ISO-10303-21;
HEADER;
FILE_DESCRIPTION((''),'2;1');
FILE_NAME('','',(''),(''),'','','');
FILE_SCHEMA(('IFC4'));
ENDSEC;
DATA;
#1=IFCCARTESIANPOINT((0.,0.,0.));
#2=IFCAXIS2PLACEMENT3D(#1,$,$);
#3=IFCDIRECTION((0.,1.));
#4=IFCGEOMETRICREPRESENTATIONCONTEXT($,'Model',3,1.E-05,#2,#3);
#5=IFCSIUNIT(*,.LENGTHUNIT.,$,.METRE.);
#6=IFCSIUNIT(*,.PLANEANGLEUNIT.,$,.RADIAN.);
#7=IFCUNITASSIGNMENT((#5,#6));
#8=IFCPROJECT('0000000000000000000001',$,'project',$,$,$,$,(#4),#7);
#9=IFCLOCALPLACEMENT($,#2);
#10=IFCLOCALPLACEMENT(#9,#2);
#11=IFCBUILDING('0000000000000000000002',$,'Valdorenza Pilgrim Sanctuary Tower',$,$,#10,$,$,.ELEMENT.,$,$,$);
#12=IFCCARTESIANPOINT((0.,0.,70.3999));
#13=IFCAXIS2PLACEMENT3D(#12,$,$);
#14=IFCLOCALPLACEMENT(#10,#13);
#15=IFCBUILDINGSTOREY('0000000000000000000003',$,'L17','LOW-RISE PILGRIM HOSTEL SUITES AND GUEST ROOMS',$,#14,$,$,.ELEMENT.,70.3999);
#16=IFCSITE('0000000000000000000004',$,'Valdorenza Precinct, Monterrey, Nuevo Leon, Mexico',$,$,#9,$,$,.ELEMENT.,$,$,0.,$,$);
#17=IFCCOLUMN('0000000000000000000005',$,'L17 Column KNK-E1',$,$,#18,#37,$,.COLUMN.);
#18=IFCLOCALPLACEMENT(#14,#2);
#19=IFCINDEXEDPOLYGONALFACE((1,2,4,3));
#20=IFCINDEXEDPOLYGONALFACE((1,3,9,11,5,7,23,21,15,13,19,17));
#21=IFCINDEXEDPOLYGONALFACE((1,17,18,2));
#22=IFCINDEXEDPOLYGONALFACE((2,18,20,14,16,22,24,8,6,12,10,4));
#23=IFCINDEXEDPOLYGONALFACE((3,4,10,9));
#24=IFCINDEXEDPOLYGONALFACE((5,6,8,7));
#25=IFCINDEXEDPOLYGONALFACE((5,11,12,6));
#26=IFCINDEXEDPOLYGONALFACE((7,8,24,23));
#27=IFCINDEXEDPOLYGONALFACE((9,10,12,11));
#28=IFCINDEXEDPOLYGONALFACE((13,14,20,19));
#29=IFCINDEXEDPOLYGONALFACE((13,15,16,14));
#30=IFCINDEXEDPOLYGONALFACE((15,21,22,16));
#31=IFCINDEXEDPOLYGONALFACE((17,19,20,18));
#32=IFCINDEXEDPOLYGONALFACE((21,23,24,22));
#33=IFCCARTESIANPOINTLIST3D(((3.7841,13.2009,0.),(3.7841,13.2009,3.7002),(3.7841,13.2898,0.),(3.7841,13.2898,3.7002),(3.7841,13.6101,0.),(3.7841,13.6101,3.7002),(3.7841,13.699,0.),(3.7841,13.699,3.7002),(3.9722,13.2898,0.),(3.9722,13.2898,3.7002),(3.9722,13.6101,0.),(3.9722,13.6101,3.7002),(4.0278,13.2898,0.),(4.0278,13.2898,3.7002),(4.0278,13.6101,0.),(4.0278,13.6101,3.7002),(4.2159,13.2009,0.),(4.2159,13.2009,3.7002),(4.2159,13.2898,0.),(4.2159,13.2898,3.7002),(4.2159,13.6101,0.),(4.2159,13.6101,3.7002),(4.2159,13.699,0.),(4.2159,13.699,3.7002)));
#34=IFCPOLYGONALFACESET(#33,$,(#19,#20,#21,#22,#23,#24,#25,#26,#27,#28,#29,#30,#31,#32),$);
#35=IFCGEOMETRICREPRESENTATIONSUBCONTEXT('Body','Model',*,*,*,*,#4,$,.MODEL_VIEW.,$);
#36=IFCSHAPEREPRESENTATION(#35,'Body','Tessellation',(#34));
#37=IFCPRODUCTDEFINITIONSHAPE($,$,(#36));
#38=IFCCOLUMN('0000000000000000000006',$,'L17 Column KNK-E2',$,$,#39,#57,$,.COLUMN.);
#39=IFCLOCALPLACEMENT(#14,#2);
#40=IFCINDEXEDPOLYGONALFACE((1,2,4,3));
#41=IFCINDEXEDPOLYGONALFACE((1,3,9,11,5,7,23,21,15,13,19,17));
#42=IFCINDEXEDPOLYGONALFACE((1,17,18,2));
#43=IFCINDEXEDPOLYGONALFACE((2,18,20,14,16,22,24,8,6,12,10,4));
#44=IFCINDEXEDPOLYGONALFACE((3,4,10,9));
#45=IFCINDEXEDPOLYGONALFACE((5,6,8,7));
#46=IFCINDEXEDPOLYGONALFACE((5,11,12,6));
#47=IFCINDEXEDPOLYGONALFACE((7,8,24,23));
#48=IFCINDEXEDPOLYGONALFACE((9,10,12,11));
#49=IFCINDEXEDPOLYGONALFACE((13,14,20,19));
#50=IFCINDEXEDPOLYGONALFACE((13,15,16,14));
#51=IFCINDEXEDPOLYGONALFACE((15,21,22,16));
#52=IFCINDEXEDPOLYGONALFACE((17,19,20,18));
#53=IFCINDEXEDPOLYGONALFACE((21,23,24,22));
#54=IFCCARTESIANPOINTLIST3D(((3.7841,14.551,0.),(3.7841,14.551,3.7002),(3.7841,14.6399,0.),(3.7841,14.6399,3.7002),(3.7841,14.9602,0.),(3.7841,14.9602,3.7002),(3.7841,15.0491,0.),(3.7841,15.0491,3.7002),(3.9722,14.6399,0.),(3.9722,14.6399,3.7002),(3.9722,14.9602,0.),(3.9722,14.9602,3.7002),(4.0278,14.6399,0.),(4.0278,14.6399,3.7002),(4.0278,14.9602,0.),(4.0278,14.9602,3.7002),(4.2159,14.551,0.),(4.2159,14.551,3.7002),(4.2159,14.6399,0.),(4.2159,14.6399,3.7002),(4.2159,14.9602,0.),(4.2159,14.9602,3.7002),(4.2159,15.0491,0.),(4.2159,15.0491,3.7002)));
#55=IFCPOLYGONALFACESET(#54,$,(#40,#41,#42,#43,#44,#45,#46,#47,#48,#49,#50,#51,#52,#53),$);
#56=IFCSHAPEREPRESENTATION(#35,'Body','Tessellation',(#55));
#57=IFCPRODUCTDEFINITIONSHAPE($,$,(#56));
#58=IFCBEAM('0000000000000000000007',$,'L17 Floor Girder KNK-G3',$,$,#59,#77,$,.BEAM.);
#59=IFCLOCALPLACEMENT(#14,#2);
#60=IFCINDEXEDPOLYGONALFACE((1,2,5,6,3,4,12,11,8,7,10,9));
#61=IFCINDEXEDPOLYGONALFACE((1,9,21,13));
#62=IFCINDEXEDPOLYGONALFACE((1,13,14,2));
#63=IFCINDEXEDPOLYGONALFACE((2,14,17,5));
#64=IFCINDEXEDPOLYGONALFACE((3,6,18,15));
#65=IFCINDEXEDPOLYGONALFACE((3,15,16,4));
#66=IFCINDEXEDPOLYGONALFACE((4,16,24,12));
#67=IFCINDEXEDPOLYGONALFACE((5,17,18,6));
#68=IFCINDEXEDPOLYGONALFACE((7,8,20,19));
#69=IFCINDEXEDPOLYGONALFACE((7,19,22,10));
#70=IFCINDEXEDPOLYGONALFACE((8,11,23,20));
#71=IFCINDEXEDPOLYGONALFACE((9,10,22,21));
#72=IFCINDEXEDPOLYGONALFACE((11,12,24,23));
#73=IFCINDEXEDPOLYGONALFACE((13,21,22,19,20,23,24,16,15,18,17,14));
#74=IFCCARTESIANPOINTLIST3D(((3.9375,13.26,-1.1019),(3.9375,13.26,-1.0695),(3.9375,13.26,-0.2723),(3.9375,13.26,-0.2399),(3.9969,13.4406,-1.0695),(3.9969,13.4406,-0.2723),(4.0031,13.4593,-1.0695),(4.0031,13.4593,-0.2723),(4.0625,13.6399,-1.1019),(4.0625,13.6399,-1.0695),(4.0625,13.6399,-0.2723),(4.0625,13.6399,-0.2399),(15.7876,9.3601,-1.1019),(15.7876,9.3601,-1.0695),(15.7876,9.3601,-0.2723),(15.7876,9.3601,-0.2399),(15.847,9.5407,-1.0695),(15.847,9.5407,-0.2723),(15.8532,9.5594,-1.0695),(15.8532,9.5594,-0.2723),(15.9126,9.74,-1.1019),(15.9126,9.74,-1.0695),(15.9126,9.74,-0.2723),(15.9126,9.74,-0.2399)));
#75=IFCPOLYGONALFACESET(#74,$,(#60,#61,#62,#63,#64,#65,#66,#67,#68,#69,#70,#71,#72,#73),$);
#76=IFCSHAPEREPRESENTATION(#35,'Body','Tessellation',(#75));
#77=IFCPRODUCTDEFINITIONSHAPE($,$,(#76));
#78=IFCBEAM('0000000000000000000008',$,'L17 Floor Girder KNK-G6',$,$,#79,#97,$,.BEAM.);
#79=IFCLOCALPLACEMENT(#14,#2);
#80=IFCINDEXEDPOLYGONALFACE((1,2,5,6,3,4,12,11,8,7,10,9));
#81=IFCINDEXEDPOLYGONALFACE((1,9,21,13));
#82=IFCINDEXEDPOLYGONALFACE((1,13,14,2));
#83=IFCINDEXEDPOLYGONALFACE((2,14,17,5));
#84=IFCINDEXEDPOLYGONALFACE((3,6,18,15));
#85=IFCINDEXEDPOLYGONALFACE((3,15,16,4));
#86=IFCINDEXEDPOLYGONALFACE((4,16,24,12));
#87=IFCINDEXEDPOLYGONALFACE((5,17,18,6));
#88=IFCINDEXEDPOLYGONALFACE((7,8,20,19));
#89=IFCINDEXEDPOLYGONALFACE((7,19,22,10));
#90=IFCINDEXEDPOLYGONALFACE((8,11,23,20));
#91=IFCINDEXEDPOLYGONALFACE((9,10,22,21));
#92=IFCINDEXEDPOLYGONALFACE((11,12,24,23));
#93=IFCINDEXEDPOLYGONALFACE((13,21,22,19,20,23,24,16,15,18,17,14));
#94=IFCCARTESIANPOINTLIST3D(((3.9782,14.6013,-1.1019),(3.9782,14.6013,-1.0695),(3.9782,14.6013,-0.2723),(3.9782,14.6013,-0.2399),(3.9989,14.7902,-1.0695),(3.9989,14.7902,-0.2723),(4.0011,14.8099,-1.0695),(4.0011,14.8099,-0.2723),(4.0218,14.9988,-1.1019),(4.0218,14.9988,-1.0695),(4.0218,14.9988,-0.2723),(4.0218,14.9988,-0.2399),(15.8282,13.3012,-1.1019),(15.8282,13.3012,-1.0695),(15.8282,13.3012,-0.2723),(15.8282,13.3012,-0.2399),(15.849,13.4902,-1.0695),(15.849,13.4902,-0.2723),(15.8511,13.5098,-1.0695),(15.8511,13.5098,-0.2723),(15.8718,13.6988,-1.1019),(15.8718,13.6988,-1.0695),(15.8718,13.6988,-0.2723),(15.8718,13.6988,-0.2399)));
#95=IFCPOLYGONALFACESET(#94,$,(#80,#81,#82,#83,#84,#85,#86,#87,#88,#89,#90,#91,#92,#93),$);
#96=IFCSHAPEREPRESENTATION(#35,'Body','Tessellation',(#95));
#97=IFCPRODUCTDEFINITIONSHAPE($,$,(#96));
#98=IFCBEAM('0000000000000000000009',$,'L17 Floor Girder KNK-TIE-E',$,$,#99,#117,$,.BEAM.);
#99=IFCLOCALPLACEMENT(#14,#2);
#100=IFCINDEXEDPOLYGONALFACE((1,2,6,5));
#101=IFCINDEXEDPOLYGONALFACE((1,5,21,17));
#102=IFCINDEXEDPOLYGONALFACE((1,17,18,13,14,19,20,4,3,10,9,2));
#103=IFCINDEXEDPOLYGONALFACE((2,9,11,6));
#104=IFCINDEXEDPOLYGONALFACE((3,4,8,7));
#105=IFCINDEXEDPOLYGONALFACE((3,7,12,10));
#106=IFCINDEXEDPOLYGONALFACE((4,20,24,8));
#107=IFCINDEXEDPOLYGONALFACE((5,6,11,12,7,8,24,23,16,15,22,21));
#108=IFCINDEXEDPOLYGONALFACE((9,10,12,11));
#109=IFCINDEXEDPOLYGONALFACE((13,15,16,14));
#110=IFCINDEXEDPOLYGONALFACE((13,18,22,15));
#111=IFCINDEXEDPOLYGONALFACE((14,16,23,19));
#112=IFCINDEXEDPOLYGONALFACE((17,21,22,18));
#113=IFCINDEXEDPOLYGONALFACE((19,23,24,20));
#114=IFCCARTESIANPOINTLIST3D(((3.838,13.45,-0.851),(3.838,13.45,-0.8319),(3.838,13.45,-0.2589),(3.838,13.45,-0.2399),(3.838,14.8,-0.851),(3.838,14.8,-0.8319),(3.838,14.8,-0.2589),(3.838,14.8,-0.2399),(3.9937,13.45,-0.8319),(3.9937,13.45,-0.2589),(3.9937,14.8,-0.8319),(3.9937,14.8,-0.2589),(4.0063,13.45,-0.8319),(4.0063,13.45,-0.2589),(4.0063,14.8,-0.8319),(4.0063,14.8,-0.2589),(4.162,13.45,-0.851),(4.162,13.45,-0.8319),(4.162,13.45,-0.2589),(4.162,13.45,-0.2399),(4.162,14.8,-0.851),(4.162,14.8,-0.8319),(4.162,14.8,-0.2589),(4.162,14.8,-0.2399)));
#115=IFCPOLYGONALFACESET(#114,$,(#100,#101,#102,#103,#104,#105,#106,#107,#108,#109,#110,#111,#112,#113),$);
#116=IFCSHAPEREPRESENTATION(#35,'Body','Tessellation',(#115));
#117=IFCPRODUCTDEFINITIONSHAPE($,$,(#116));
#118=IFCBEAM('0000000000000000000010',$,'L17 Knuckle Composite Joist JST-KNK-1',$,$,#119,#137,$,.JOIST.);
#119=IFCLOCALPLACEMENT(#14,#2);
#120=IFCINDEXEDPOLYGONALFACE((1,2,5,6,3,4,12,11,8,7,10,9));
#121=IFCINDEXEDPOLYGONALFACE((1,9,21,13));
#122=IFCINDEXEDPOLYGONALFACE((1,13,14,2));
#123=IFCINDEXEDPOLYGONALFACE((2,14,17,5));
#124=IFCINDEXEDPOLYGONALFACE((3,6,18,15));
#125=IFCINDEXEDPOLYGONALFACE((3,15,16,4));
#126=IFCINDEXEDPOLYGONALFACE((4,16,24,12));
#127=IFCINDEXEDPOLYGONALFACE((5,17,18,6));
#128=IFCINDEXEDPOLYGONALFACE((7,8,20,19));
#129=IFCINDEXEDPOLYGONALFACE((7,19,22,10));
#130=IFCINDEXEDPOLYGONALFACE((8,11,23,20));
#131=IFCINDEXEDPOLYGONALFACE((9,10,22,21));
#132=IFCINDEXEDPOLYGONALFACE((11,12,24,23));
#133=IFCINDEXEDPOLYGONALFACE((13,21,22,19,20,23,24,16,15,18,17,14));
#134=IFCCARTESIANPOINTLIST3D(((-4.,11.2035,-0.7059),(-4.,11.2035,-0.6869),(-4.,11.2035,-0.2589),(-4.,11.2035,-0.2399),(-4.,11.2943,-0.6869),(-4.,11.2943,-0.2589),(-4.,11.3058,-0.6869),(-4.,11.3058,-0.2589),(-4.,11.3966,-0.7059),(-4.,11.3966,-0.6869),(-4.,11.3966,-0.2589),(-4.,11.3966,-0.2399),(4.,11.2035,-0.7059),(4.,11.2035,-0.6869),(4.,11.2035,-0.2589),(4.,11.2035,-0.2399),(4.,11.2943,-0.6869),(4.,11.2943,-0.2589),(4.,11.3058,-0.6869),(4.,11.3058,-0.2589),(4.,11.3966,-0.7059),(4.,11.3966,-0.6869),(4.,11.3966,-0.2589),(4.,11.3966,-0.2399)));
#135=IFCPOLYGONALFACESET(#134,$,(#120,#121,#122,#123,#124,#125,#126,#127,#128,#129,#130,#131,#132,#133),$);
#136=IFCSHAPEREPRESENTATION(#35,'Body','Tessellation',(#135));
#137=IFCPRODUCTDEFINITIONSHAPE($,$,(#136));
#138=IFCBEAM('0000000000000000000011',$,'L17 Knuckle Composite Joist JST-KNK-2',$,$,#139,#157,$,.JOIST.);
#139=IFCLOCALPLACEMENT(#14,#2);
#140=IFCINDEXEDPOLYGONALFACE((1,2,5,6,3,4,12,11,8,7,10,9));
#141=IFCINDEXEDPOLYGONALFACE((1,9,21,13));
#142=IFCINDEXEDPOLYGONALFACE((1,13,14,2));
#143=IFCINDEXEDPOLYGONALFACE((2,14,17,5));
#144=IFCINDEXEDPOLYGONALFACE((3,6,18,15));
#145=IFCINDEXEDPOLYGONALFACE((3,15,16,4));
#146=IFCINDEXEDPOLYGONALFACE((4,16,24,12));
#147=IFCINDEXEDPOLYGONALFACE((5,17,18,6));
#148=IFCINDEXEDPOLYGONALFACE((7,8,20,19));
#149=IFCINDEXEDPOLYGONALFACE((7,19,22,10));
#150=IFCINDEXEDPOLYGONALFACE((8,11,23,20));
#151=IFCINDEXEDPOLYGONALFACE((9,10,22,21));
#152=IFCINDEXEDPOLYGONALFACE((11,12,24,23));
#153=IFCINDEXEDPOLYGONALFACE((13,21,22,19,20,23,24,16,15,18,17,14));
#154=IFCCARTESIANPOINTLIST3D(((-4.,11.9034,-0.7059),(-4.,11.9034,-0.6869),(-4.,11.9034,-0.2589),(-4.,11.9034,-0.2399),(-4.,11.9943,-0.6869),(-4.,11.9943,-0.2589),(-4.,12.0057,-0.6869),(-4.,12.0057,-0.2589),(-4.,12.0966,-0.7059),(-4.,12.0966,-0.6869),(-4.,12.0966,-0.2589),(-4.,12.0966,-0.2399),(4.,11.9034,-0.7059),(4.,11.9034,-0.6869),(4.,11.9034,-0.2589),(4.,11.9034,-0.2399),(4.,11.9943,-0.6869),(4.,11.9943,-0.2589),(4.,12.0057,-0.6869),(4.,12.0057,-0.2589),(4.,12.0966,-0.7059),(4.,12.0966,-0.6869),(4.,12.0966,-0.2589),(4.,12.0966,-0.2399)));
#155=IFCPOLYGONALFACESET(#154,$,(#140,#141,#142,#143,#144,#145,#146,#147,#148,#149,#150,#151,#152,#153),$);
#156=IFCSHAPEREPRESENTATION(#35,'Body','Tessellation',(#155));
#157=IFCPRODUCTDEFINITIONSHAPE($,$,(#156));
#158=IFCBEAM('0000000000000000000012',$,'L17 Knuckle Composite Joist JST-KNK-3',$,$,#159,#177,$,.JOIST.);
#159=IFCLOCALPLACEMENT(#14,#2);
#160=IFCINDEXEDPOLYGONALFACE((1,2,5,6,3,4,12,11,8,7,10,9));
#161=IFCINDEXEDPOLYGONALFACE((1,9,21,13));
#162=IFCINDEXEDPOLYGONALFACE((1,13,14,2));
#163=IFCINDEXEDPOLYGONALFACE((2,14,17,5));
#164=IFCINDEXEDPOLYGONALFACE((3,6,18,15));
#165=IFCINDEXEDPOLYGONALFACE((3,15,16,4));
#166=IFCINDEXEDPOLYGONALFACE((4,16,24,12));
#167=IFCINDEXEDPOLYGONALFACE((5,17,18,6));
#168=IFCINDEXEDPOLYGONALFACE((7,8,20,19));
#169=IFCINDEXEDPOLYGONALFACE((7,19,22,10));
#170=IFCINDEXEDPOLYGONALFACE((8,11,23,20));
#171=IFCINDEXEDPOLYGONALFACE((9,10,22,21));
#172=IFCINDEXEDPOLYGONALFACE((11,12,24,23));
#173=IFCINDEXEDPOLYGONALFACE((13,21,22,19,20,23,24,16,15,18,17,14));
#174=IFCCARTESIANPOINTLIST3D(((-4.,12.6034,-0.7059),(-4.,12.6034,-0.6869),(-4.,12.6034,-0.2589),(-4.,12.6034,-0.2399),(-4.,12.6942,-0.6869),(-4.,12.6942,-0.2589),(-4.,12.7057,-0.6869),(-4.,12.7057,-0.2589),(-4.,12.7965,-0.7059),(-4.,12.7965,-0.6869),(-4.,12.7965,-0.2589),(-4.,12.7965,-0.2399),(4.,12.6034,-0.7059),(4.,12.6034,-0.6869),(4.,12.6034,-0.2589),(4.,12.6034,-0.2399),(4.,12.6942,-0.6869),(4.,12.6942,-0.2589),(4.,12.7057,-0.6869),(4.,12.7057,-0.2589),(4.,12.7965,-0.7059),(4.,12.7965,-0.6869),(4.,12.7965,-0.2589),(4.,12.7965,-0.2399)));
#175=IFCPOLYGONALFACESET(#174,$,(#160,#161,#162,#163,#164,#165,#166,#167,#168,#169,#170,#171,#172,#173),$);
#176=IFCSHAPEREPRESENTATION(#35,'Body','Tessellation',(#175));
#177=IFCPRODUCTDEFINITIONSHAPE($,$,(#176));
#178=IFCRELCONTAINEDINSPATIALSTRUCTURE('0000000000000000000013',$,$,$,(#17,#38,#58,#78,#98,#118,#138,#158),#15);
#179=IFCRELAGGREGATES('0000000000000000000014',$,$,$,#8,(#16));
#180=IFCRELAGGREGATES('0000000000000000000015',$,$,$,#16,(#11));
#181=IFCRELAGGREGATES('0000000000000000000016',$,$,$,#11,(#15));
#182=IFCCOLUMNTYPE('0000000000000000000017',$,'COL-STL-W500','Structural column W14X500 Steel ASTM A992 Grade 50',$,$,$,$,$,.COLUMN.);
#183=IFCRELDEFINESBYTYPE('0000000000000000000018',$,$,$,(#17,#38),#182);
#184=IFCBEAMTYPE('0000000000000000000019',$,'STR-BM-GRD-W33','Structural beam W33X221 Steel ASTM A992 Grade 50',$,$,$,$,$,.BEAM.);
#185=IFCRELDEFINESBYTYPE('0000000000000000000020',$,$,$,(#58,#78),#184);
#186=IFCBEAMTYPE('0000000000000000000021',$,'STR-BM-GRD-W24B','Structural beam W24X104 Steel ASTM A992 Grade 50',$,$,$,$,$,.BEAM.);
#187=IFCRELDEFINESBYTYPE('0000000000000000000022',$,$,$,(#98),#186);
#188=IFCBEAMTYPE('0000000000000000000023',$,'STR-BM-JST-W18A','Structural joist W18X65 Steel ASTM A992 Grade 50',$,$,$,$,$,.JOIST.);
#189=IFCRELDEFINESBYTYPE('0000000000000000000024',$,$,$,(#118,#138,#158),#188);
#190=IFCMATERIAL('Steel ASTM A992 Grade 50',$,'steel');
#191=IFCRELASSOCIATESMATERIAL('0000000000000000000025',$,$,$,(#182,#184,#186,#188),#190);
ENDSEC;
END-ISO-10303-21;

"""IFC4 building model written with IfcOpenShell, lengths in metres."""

from ifc_helpers import new_model, si_unit, direction, frame, origin, origin_2d, place, context, subcontext, project, spatial, i_section, extrude, source, transform, mapped, material, material_profile, profile_set, type_object, element, save


model = new_model("IFC4")

# Units and contexts
model_context = context("Model", 3, precision=1e-05, world=origin(), true_north=direction((0.0, 1.0)))
body_context = subcontext(model_context, "Body", "Model", "MODEL_VIEW")
ifc_project = project(units=[si_unit("LENGTHUNIT", "METRE"), si_unit("PLANEANGLEUNIT", "RADIAN")], contexts=[model_context])

# Site, building, storey
site_placement = place(None, origin())
site = spatial("IfcSite", under=ifc_project, at=site_placement, Name="Valdorenza Precinct, Monterrey, Nuevo Leon, Mexico", CompositionType="ELEMENT", RefElevation=0.0)
building_placement = place(site_placement, origin())
building = spatial("IfcBuilding", under=site, at=building_placement, Name="Valdorenza Pilgrim Sanctuary Tower", CompositionType="ELEMENT")
storey_placement = place(building_placement, frame((0.0, 0.0, 70.3999)))
storey = spatial("IfcBuildingStorey", under=building, at=storey_placement, Name="L17", Description="LOW-RISE PILGRIM HOSTEL SUITES AND GUEST ROOMS", CompositionType="ELEMENT", Elevation=70.3999)

# Columns
ifc_material_1 = material(Name="Steel ASTM A992 Grade 50", Category="steel")
ifc_material_profile_1 = material_profile(ifc_material_1, i_section(OverallWidth=0.4319, OverallDepth=0.498, WebThickness=0.0557, FlangeThickness=0.0889, at=origin_2d()), Name="W14X500")
ifc_profile_set_1 = profile_set([ifc_material_profile_1], Name="Steel ASTM A992 Grade 50")
column_type = type_object("IfcColumnType", Name="COL-STL-W500", Description="Structural column W14X500 Steel ASTM A992 Grade 50", PredefinedType="COLUMN", material=ifc_profile_set_1)
shared_shape_1 = source(origin(), body_context, "Body", "SweptSolid", [
    extrude(i_section(OverallWidth=0.4319, OverallDepth=0.498, WebThickness=0.0557, FlangeThickness=0.0889, at=origin_2d()), origin(), (0.0, 0.0, 1.0), 3.7002),
])
for number, where, z_axis, x_axis, name in (
    (1, (4.0, 13.45, 0.0), (0.0, 0.0, 1.0), (1.0, 0.0, 0.0), "L17 Column KNK-E1"),
    (2, (4.0, 14.8, 0.0), (0.0, 0.0, 1.0), (1.0, 0.0, 0.0), "L17 Column KNK-E2"),
):
    element("IfcColumn", number, at=place(storey_placement, frame(where, z_axis=z_axis, x_axis=x_axis)), inside=storey, type_object=column_type, Name=name, PredefinedType="COLUMN", context=body_context, shape_type="MappedRepresentation", body=[
        mapped(shared_shape_1, transform((0.0, 0.0, 0.0), x_axis=(1.0, 0.0, 0.0), y_axis=(0.0, 1.0, 0.0), z_axis=(0.0, 0.0, 1.0), scale=1.0)),
    ])

# Beams
ifc_material_profile_2 = material_profile(ifc_material_1, i_section(OverallWidth=0.3999, OverallDepth=0.8621, WebThickness=0.0198, FlangeThickness=0.0325, at=origin_2d()), Name="W33X221")
ifc_profile_set_2 = profile_set([ifc_material_profile_2], Name="Steel ASTM A992 Grade 50")
beam_type_1 = type_object("IfcBeamType", Name="STR-BM-GRD-W33", Description="Structural beam W33X221 Steel ASTM A992 Grade 50", PredefinedType="BEAM", material=ifc_profile_set_2)
shared_shape_2 = source(origin(), body_context, "Body", "SweptSolid", [
    extrude(i_section(OverallWidth=0.3999, OverallDepth=0.8621, WebThickness=0.0198, FlangeThickness=0.0325, at=origin_2d()), origin(), (0.0, 0.0, 1.0), 12.4753),
])
beam_1_placement = place(storey_placement, frame((4.0, 13.45, -0.6709), z_axis=(0.949882, -0.312609, 0.0), x_axis=(0.312609, 0.949882, 0.0)))
element("IfcBeam", 3, at=beam_1_placement, inside=storey, type_object=beam_type_1, Name="L17 Floor Girder KNK-G3", PredefinedType="BEAM", context=body_context, shape_type="MappedRepresentation", body=[
    mapped(shared_shape_2, transform((0.0, 0.0, 0.0), x_axis=(1.0, 0.0, 0.0), y_axis=(0.0, 1.0, 0.0), z_axis=(0.0, 0.0, 1.0), scale=1.0)),
])
shared_shape_3 = source(origin(), body_context, "Body", "SweptSolid", [
    extrude(i_section(OverallWidth=0.3999, OverallDepth=0.8621, WebThickness=0.0198, FlangeThickness=0.0325, at=origin_2d()), origin(), (0.0, 0.0, 1.0), 11.9211),
])
beam_2_placement = place(storey_placement, frame((4.0, 14.8, -0.6709), z_axis=(0.994036, -0.109054, 0.0), x_axis=(0.109054, 0.994036, 0.0)))
element("IfcBeam", 4, at=beam_2_placement, inside=storey, type_object=beam_type_1, Name="L17 Floor Girder KNK-G6", PredefinedType="BEAM", context=body_context, shape_type="MappedRepresentation", body=[
    mapped(shared_shape_3, transform((0.0, 0.0, 0.0), x_axis=(1.0, 0.0, 0.0), y_axis=(0.0, 1.0, 0.0), z_axis=(0.0, 0.0, 1.0), scale=1.0)),
])
ifc_material_profile_3 = material_profile(ifc_material_1, i_section(OverallWidth=0.324, OverallDepth=0.6111, WebThickness=0.0127, FlangeThickness=0.019, at=origin_2d()), Name="W24X104")
ifc_profile_set_3 = profile_set([ifc_material_profile_3], Name="Steel ASTM A992 Grade 50")
beam_type_2 = type_object("IfcBeamType", Name="STR-BM-GRD-W24B", Description="Structural beam W24X104 Steel ASTM A992 Grade 50", PredefinedType="BEAM", material=ifc_profile_set_3)
shared_shape_4 = source(origin(), body_context, "Body", "SweptSolid", [
    extrude(i_section(OverallWidth=0.324, OverallDepth=0.6111, WebThickness=0.0127, FlangeThickness=0.019, at=origin_2d()), origin(), (0.0, 0.0, 1.0), 1.3501),
])
beam_3_placement = place(storey_placement, frame((4.0, 13.45, -0.5454), z_axis=(0.0, 1.0, 0.0), x_axis=(-1.0, 0.0, 0.0)))
element("IfcBeam", 5, at=beam_3_placement, inside=storey, type_object=beam_type_2, Name="L17 Floor Girder KNK-TIE-E", PredefinedType="BEAM", context=body_context, shape_type="MappedRepresentation", body=[
    mapped(shared_shape_4, transform((0.0, 0.0, 0.0), x_axis=(1.0, 0.0, 0.0), y_axis=(0.0, 1.0, 0.0), z_axis=(0.0, 0.0, 1.0), scale=1.0)),
])
ifc_material_profile_4 = material_profile(ifc_material_1, i_section(OverallWidth=0.1931, OverallDepth=0.4661, WebThickness=0.0115, FlangeThickness=0.019, at=origin_2d()), Name="W18X65")
ifc_profile_set_4 = profile_set([ifc_material_profile_4], Name="Steel ASTM A992 Grade 50")
beam_type_3 = type_object("IfcBeamType", Name="STR-BM-JST-W18A", Description="Structural joist W18X65 Steel ASTM A992 Grade 50", PredefinedType="JOIST", material=ifc_profile_set_4)
shared_shape_5 = source(origin(), body_context, "Body", "SweptSolid", [
    extrude(i_section(OverallWidth=0.1931, OverallDepth=0.4661, WebThickness=0.0115, FlangeThickness=0.019, at=origin_2d()), origin(), (0.0, 0.0, 1.0), 8.0),
])
for number, where, z_axis, x_axis, name in (
    (6, (-4.0, 11.3, -0.4729), (1.0, 0.0, 0.0), (0.0, 1.0, 0.0), "L17 Knuckle Composite Joist JST-KNK-1"),
    (7, (-4.0, 12.0, -0.4729), (1.0, 0.0, 0.0), (0.0, 1.0, 0.0), "L17 Knuckle Composite Joist JST-KNK-2"),
    (8, (-4.0, 12.7, -0.4729), (1.0, 0.0, 0.0), (0.0, 1.0, 0.0), "L17 Knuckle Composite Joist JST-KNK-3"),
):
    element("IfcBeam", number, at=place(storey_placement, frame(where, z_axis=z_axis, x_axis=x_axis)), inside=storey, type_object=beam_type_3, Name=name, PredefinedType="JOIST", context=body_context, shape_type="MappedRepresentation", body=[
        mapped(shared_shape_5, transform((0.0, 0.0, 0.0), x_axis=(1.0, 0.0, 0.0), y_axis=(0.0, 1.0, 0.0), z_axis=(0.0, 0.0, 1.0), scale=1.0)),
    ])

save(model, "model.ifc")
